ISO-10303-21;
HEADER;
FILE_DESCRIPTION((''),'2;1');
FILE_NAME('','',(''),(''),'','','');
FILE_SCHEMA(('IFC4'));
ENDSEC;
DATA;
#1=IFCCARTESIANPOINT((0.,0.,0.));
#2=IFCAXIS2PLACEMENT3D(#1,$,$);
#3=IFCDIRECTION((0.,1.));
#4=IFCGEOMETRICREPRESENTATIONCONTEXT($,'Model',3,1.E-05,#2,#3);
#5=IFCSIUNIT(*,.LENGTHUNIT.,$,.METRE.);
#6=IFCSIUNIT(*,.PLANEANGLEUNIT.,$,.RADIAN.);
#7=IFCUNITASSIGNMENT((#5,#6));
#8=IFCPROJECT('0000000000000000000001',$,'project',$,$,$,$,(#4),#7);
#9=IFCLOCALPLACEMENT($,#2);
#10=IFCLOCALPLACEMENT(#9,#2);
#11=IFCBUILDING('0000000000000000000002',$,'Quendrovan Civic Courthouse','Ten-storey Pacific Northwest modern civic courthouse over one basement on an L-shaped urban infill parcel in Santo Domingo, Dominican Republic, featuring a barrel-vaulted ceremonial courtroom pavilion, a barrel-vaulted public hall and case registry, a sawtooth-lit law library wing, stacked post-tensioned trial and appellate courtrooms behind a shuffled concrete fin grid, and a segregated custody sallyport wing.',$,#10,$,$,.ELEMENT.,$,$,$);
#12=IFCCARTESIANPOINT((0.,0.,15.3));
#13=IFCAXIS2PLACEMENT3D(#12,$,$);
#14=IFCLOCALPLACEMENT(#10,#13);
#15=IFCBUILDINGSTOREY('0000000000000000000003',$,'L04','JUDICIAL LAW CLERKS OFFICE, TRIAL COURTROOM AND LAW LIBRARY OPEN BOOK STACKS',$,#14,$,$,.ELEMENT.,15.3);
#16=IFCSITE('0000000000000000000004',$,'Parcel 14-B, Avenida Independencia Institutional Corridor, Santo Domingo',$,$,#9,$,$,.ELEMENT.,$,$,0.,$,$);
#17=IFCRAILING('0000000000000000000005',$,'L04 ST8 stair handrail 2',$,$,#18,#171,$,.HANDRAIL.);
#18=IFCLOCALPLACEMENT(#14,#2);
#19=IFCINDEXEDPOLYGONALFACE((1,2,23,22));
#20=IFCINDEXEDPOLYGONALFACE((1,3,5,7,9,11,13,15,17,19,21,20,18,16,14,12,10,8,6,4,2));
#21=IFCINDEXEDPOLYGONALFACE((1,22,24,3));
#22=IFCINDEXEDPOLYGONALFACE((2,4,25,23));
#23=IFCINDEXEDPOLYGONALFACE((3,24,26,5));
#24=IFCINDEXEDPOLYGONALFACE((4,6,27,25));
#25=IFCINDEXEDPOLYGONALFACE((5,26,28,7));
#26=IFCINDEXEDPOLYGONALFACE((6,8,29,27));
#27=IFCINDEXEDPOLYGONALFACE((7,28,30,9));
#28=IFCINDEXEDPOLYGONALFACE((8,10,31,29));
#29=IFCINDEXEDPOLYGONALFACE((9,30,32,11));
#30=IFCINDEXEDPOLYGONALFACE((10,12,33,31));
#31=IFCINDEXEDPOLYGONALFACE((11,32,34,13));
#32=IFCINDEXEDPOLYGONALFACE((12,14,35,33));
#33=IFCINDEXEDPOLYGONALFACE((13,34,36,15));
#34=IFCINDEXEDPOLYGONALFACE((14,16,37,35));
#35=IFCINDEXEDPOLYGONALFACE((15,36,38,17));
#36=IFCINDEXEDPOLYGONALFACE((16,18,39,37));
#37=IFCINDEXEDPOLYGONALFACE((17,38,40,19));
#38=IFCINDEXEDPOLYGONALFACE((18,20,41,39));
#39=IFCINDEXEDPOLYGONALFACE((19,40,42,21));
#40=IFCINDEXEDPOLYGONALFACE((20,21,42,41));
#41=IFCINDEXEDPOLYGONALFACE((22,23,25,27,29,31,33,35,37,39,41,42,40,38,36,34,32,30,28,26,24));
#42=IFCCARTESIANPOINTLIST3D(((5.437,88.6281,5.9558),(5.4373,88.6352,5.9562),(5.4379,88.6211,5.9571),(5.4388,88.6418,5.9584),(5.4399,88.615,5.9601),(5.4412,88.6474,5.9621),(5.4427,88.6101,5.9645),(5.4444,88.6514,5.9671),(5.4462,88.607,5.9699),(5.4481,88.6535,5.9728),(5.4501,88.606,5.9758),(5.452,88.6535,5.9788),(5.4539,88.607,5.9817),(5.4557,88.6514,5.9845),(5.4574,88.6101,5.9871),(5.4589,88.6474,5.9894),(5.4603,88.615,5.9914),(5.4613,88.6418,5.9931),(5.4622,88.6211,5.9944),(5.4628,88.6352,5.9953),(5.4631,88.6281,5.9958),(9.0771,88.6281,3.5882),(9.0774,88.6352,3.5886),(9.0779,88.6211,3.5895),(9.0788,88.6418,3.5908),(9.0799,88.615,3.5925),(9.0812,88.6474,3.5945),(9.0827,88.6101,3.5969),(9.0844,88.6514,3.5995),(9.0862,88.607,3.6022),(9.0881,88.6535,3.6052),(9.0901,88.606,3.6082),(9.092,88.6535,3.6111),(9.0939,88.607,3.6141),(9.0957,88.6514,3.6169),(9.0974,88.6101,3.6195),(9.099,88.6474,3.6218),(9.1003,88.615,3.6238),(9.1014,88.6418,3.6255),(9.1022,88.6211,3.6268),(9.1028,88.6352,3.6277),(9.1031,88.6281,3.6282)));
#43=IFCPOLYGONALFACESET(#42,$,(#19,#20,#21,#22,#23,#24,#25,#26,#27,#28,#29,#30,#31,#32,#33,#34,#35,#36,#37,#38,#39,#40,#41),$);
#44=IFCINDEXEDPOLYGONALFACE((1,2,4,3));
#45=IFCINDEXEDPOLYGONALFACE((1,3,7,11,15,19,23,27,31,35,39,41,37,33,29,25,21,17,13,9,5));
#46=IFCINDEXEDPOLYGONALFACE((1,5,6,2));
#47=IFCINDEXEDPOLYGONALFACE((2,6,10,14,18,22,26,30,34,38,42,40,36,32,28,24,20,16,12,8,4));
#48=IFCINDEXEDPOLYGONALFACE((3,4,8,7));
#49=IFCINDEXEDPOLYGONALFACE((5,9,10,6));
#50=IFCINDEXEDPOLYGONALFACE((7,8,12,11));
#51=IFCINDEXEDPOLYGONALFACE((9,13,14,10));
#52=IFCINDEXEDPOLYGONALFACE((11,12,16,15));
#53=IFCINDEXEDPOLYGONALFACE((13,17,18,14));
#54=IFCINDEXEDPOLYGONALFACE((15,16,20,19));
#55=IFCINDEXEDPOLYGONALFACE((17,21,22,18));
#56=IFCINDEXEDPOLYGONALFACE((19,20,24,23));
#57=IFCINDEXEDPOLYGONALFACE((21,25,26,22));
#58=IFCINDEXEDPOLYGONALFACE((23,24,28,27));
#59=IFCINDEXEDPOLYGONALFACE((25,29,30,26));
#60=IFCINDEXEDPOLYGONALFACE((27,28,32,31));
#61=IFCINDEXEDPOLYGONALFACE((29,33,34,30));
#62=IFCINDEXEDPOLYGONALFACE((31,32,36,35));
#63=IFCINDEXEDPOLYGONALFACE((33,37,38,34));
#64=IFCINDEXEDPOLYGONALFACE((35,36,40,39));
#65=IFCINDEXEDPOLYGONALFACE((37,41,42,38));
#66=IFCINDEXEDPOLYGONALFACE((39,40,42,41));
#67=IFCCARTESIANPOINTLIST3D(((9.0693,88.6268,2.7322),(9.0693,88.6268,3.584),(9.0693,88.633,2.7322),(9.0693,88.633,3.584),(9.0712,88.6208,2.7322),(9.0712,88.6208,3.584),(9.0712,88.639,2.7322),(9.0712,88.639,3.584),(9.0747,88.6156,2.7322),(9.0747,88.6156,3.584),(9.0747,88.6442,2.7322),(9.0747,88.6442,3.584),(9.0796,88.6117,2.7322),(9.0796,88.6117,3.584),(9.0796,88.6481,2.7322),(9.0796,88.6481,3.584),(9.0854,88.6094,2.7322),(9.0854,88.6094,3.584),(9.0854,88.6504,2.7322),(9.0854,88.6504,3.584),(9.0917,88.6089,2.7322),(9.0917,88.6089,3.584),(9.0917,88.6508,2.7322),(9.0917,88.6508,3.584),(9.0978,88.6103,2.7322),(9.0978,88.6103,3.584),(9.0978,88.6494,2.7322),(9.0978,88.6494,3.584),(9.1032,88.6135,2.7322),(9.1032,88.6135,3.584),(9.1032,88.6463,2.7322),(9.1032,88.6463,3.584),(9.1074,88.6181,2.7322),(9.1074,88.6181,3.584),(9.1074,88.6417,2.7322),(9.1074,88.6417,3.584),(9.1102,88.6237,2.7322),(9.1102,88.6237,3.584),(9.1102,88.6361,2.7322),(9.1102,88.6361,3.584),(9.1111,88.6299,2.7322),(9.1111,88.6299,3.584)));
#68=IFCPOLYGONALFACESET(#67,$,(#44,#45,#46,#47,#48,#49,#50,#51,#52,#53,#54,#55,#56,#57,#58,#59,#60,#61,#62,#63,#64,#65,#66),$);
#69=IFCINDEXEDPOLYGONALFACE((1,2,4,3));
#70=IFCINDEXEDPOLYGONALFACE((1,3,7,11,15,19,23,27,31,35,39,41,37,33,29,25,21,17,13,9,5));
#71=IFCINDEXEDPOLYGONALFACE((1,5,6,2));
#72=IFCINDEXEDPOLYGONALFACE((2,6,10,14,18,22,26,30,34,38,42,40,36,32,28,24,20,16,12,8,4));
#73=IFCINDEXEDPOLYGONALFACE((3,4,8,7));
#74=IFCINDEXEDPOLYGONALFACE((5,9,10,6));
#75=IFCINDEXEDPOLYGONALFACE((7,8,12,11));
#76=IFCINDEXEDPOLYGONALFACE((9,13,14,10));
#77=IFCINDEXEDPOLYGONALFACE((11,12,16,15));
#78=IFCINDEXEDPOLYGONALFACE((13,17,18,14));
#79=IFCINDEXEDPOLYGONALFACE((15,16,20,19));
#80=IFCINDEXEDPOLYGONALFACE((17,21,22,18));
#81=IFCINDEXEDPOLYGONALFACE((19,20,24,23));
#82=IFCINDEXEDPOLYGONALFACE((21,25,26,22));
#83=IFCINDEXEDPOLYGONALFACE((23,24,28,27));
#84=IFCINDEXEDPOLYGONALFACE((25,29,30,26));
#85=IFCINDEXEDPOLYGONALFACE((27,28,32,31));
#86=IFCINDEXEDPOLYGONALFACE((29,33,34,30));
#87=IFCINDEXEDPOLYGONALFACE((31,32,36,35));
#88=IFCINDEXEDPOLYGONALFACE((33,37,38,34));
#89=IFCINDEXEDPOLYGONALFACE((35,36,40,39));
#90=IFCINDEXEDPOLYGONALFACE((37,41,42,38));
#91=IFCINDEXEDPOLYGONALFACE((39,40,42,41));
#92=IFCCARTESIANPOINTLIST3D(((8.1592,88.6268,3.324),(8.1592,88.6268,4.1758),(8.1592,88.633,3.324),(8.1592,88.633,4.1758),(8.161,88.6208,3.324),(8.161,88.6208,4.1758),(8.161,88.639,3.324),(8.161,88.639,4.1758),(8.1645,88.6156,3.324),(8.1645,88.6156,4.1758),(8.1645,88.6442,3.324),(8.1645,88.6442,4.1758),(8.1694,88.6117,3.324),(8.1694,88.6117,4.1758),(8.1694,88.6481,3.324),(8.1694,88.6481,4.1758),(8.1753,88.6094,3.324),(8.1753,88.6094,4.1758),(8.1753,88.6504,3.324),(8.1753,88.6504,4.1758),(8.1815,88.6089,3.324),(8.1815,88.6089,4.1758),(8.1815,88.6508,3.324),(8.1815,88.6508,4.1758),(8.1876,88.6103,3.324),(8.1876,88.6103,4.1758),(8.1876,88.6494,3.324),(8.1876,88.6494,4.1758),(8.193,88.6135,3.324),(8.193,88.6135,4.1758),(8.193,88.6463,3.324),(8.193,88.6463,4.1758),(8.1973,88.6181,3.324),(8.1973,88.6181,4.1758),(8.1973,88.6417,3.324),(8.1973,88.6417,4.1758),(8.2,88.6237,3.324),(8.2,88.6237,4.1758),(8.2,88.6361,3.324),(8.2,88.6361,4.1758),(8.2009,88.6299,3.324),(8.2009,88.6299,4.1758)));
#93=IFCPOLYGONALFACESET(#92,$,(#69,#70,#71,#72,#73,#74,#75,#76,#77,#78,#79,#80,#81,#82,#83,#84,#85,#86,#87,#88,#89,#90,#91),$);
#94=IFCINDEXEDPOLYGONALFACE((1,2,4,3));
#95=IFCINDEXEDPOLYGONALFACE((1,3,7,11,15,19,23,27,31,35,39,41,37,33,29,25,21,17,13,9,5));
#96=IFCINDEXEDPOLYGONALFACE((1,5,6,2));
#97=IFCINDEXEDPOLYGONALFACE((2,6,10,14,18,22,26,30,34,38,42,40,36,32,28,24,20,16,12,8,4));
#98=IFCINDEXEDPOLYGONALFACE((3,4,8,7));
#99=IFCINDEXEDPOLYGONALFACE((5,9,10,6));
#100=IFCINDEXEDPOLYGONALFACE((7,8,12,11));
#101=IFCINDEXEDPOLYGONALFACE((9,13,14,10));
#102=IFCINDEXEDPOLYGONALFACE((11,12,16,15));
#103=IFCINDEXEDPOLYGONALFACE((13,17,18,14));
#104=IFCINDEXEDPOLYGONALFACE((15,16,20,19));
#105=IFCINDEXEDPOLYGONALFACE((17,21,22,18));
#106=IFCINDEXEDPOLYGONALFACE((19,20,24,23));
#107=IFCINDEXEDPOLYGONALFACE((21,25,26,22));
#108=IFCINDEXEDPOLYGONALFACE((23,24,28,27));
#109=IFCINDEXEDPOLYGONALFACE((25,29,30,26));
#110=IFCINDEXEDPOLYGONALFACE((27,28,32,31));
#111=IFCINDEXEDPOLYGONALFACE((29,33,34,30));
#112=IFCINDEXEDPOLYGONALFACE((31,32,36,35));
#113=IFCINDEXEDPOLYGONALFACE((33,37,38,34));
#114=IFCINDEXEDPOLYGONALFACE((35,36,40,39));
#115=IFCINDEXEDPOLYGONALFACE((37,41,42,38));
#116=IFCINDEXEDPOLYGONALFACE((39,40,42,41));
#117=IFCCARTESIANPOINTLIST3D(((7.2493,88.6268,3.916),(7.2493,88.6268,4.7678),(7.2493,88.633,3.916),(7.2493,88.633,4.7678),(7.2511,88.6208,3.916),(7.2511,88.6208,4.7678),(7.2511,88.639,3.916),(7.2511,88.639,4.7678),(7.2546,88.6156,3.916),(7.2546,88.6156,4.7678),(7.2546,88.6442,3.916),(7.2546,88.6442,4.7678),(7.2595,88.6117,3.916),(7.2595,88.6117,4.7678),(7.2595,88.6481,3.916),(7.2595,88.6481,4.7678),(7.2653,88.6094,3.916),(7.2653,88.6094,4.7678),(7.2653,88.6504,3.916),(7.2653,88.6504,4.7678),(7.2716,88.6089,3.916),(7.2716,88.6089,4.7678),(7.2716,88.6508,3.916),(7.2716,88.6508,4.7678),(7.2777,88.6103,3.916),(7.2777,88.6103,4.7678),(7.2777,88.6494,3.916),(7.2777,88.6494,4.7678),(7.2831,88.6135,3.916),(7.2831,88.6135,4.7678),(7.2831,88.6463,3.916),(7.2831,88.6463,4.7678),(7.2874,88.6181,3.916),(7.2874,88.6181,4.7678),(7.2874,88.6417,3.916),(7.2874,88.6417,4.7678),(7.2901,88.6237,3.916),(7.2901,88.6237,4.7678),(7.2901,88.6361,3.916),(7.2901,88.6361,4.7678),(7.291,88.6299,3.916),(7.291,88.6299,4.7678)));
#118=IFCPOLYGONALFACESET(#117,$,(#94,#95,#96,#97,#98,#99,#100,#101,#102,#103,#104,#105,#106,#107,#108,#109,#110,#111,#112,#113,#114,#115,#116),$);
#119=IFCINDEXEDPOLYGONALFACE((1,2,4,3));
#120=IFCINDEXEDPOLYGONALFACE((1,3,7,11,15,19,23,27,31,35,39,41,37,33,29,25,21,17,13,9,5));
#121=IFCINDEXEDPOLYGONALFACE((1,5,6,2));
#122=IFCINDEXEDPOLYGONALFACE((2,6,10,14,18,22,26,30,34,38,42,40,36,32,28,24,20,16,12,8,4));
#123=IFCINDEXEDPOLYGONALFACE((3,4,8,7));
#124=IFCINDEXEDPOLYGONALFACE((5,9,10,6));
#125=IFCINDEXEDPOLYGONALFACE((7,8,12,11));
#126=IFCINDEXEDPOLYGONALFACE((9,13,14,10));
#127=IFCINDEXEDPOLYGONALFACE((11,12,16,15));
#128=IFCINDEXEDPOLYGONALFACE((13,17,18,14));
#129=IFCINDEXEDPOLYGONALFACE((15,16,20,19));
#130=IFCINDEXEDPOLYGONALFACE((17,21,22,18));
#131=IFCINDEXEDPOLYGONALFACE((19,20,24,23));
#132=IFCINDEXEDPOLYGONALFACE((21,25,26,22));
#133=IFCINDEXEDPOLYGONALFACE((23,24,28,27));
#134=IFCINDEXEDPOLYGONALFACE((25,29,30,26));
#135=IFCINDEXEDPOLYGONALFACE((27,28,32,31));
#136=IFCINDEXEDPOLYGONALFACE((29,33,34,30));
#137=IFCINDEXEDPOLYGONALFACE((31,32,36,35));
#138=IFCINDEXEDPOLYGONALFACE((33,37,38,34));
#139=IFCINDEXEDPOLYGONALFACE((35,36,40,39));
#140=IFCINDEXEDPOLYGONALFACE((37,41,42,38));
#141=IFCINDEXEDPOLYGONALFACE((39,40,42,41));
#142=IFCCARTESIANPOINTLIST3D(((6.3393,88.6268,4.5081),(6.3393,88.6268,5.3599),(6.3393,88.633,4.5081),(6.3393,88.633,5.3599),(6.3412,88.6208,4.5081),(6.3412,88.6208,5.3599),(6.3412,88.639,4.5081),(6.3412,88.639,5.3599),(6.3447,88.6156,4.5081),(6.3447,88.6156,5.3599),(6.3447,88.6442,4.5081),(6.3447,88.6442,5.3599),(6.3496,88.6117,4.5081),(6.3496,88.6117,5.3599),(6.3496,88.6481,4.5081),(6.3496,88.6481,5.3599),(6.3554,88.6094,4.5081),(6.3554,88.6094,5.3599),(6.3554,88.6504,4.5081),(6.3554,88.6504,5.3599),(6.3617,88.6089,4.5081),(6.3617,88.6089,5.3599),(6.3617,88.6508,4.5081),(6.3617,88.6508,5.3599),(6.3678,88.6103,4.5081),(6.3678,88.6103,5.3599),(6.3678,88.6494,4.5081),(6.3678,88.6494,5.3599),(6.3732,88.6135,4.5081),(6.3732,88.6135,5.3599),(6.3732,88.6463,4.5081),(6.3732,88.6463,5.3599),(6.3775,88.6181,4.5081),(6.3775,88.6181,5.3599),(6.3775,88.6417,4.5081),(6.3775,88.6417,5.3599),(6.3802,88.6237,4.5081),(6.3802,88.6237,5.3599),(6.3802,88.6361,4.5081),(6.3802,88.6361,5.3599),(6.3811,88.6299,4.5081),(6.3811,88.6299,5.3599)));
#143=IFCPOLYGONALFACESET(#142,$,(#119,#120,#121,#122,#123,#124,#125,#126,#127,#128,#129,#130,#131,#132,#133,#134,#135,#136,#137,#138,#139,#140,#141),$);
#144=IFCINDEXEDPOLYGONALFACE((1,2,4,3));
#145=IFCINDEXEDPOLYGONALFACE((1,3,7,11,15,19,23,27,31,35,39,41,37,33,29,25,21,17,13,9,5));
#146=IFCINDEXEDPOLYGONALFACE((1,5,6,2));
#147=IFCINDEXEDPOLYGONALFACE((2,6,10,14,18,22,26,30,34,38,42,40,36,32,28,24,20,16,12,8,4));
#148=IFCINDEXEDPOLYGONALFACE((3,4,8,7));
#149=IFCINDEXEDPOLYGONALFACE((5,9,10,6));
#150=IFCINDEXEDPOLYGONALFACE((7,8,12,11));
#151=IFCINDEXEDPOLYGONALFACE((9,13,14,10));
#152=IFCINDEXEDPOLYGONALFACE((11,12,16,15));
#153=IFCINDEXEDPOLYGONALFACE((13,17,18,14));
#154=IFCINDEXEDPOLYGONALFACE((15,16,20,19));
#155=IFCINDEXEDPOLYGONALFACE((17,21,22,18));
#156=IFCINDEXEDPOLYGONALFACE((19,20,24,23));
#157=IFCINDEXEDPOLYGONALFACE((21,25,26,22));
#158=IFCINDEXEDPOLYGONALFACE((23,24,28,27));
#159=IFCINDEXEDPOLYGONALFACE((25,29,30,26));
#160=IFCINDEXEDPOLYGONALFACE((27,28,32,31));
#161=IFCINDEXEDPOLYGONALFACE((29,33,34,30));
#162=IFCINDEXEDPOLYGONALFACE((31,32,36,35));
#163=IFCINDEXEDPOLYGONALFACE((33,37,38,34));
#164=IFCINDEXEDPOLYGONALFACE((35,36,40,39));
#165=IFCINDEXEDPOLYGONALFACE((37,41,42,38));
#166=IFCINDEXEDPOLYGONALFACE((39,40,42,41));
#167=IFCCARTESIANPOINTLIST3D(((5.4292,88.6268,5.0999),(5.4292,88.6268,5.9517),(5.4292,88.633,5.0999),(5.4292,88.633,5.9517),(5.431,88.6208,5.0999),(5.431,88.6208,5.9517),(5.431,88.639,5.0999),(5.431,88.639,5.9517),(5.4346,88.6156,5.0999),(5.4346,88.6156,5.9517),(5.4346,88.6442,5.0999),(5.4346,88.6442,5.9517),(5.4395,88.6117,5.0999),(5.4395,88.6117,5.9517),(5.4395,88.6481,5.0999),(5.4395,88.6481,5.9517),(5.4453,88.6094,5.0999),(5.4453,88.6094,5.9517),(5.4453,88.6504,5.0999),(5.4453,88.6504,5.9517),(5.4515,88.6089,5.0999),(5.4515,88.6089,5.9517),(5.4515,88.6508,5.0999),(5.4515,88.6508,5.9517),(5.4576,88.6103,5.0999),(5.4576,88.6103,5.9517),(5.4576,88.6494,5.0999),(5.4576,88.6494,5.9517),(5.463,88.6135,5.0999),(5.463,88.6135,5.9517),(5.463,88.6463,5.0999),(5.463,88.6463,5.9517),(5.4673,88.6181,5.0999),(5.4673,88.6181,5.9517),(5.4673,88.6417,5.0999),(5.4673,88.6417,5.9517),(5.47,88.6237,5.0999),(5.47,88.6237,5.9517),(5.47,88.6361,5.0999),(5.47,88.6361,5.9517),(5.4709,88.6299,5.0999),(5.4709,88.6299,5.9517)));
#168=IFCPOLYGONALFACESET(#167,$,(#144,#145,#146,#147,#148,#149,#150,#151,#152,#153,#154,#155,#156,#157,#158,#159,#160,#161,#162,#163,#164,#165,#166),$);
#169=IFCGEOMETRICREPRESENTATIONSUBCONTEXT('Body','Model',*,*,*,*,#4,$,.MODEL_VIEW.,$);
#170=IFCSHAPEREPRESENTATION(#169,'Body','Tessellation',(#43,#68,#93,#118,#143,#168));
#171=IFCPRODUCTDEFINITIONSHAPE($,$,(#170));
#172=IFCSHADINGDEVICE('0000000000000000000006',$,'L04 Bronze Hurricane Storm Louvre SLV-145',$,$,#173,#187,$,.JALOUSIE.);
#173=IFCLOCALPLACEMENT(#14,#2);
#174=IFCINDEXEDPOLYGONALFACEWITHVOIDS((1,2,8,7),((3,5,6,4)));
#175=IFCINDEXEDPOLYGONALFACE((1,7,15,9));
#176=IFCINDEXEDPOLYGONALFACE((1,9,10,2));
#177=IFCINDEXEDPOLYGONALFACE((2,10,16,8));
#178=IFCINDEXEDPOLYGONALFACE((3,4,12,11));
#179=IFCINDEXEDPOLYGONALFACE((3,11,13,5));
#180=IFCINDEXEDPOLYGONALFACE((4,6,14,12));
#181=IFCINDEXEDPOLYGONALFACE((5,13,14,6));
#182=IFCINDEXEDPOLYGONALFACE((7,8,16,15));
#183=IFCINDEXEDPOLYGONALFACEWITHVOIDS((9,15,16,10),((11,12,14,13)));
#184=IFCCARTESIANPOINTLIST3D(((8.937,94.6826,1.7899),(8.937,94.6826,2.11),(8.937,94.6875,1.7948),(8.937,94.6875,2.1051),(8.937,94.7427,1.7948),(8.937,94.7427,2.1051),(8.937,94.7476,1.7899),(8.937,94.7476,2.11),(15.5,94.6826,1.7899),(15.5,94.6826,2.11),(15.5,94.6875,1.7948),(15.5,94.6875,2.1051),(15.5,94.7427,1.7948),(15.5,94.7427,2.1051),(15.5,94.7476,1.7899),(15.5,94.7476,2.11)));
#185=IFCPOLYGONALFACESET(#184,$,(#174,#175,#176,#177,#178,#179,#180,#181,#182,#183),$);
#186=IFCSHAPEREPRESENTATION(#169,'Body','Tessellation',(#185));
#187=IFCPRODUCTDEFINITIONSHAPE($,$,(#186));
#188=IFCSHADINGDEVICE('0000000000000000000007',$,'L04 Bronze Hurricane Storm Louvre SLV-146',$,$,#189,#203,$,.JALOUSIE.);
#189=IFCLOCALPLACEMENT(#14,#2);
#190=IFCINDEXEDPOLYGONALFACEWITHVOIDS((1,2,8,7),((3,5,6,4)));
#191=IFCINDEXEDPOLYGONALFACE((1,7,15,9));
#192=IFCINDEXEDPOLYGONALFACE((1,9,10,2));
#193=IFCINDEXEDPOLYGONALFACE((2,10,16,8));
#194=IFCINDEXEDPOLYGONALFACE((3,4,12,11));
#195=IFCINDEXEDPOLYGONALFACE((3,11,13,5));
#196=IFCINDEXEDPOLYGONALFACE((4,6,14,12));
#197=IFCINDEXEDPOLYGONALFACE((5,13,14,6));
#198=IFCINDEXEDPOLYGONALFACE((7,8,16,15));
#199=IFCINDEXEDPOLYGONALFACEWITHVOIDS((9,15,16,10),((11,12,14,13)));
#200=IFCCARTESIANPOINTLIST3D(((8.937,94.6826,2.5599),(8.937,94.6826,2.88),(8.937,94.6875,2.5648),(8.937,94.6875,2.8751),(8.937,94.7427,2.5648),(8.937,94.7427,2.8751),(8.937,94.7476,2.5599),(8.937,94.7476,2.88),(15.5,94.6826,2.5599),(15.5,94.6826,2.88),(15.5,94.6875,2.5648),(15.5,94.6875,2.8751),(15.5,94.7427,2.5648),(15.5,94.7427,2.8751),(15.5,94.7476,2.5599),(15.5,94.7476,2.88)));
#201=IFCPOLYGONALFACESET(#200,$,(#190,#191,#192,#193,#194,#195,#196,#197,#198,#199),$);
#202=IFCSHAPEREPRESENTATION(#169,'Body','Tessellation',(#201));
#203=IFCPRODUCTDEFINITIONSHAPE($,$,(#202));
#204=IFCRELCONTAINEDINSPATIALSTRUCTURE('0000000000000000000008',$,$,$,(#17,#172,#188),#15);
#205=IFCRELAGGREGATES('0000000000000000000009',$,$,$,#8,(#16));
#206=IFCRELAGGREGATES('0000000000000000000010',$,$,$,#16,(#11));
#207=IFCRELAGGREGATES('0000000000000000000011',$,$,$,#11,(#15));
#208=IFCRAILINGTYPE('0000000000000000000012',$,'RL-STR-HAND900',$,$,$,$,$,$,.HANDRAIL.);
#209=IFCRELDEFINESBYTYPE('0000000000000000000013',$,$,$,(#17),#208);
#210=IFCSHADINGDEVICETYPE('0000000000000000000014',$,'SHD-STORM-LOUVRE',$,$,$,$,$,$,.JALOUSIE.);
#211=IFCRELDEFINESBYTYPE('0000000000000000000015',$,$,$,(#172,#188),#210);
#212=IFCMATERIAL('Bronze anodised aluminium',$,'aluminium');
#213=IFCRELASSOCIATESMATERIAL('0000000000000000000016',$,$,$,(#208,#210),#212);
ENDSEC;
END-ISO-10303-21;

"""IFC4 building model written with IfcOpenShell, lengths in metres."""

from ifc_helpers import new_model, si_unit, direction, frame, origin, origin_2d, place, context, subcontext, project, spatial, hollow_rectangle, circle, extrude, material, material_profile, profile_set, type_object, element, save


model = new_model("IFC4")

# Units and contexts
model_context = context("Model", 3, precision=1e-05, world=origin(), true_north=direction((0.0, 1.0)))
body_context = subcontext(model_context, "Body", "Model", "MODEL_VIEW")
ifc_project = project(units=[si_unit("LENGTHUNIT", "METRE"), si_unit("PLANEANGLEUNIT", "RADIAN")], contexts=[model_context])

# Site, building, storey
site_placement = place(None, origin())
site = spatial("IfcSite", under=ifc_project, at=site_placement, Name="Parcel 14-B, Avenida Independencia Institutional Corridor, Santo Domingo", CompositionType="ELEMENT", RefElevation=0.0)
building_placement = place(site_placement, origin())
building = spatial("IfcBuilding", under=site, at=building_placement, Name="Quendrovan Civic Courthouse", Description="Ten-storey Pacific Northwest modern civic courthouse over one basement on an L-shaped urban infill parcel in Santo Domingo, Dominican Republic, featuring a barrel-vaulted ceremonial courtroom pavilion, a barrel-vaulted public hall and case registry, a sawtooth-lit law library wing, stacked post-tensioned trial and appellate courtrooms behind a shuffled concrete fin grid, and a segregated custody sallyport wing.", CompositionType="ELEMENT")
storey_placement = place(building_placement, frame((0.0, 0.0, 15.3)))
storey = spatial("IfcBuildingStorey", under=building, at=storey_placement, Name="L04", Description="JUDICIAL LAW CLERKS OFFICE, TRIAL COURTROOM AND LAW LIBRARY OPEN BOOK STACKS", CompositionType="ELEMENT", Elevation=15.3)

# Shared definitions
ifc_material_1 = material(Name="Bronze anodised aluminium", Category="aluminium")

# Railing
railing_type_1 = type_object("IfcRailingType", Name="RL-STR-HAND900", PredefinedType="HANDRAIL", material=ifc_material_1)
railing_1_placement = place(storey_placement, frame((9.0901, 88.6299, 2.7322)))
element("IfcRailing", 1, at=railing_1_placement, inside=storey, type_object=railing_type_1, Name="L04 ST8 stair handrail 2", PredefinedType="HANDRAIL", context=body_context, shape_type="SweptSolid", body=[
    extrude(circle(Radius=0.0239, at=origin_2d()), frame((0.0, 0.0, 0.876), z_axis=(-0.838277, 0.0, 0.545245), x_axis=(0.0, -1.0, 0.0)), (0.0, 0.0, 1.0), 4.3423),
    extrude(circle(Radius=0.021, at=origin_2d()), origin(), (0.0, 0.0, 1.0), 0.8518),
    extrude(circle(Radius=0.021, at=origin_2d()), frame((-0.9102, 0.0, 0.5918)), (0.0, 0.0, 1.0), 0.8518),
    extrude(circle(Radius=0.021, at=origin_2d()), frame((-1.8201, 0.0, 1.1838)), (0.0, 0.0, 1.0), 0.8518),
    extrude(circle(Radius=0.021, at=origin_2d()), frame((-2.73, 0.0, 1.7759)), (0.0, 0.0, 1.0), 0.8518),
    extrude(circle(Radius=0.021, at=origin_2d()), frame((-3.6401, 0.0, 2.3677)), (0.0, 0.0, 1.0), 0.8518),
])

# Shading devices
ifc_material_profile_1 = material_profile(ifc_material_1, hollow_rectangle(XDim=0.0649, YDim=0.3201, WallThickness=0.0049, at=origin_2d()), Name="AL-LOUVRE-65x320")
ifc_profile_set_1 = profile_set([ifc_material_profile_1], Name="Bronze anodised aluminium")
shading_device_type = type_object("IfcShadingDeviceType", Name="SHD-STORM-LOUVRE", PredefinedType="JALOUSIE", material=ifc_profile_set_1)
for number, where, z_axis, x_axis, name in (
    (2, (8.937, 94.7151, 1.95), (1.0, 0.0, 0.0), (0.0, 1.0, 0.0), "L04 Bronze Hurricane Storm Louvre SLV-145"),
    (3, (8.937, 94.7151, 2.72), (1.0, 0.0, 0.0), (0.0, 1.0, 0.0), "L04 Bronze Hurricane Storm Louvre SLV-146"),
):
    element("IfcShadingDevice", number, at=place(storey_placement, frame(where, z_axis=z_axis, x_axis=x_axis)), inside=storey, type_object=shading_device_type, Name=name, PredefinedType="JALOUSIE", context=body_context, shape_type="SweptSolid", body=[
        extrude(hollow_rectangle(XDim=0.0649, YDim=0.3201, WallThickness=0.0049, at=origin_2d()), origin(), (0.0, 0.0, 1.0), 6.563),
    ])

save(model, "model.ifc")
